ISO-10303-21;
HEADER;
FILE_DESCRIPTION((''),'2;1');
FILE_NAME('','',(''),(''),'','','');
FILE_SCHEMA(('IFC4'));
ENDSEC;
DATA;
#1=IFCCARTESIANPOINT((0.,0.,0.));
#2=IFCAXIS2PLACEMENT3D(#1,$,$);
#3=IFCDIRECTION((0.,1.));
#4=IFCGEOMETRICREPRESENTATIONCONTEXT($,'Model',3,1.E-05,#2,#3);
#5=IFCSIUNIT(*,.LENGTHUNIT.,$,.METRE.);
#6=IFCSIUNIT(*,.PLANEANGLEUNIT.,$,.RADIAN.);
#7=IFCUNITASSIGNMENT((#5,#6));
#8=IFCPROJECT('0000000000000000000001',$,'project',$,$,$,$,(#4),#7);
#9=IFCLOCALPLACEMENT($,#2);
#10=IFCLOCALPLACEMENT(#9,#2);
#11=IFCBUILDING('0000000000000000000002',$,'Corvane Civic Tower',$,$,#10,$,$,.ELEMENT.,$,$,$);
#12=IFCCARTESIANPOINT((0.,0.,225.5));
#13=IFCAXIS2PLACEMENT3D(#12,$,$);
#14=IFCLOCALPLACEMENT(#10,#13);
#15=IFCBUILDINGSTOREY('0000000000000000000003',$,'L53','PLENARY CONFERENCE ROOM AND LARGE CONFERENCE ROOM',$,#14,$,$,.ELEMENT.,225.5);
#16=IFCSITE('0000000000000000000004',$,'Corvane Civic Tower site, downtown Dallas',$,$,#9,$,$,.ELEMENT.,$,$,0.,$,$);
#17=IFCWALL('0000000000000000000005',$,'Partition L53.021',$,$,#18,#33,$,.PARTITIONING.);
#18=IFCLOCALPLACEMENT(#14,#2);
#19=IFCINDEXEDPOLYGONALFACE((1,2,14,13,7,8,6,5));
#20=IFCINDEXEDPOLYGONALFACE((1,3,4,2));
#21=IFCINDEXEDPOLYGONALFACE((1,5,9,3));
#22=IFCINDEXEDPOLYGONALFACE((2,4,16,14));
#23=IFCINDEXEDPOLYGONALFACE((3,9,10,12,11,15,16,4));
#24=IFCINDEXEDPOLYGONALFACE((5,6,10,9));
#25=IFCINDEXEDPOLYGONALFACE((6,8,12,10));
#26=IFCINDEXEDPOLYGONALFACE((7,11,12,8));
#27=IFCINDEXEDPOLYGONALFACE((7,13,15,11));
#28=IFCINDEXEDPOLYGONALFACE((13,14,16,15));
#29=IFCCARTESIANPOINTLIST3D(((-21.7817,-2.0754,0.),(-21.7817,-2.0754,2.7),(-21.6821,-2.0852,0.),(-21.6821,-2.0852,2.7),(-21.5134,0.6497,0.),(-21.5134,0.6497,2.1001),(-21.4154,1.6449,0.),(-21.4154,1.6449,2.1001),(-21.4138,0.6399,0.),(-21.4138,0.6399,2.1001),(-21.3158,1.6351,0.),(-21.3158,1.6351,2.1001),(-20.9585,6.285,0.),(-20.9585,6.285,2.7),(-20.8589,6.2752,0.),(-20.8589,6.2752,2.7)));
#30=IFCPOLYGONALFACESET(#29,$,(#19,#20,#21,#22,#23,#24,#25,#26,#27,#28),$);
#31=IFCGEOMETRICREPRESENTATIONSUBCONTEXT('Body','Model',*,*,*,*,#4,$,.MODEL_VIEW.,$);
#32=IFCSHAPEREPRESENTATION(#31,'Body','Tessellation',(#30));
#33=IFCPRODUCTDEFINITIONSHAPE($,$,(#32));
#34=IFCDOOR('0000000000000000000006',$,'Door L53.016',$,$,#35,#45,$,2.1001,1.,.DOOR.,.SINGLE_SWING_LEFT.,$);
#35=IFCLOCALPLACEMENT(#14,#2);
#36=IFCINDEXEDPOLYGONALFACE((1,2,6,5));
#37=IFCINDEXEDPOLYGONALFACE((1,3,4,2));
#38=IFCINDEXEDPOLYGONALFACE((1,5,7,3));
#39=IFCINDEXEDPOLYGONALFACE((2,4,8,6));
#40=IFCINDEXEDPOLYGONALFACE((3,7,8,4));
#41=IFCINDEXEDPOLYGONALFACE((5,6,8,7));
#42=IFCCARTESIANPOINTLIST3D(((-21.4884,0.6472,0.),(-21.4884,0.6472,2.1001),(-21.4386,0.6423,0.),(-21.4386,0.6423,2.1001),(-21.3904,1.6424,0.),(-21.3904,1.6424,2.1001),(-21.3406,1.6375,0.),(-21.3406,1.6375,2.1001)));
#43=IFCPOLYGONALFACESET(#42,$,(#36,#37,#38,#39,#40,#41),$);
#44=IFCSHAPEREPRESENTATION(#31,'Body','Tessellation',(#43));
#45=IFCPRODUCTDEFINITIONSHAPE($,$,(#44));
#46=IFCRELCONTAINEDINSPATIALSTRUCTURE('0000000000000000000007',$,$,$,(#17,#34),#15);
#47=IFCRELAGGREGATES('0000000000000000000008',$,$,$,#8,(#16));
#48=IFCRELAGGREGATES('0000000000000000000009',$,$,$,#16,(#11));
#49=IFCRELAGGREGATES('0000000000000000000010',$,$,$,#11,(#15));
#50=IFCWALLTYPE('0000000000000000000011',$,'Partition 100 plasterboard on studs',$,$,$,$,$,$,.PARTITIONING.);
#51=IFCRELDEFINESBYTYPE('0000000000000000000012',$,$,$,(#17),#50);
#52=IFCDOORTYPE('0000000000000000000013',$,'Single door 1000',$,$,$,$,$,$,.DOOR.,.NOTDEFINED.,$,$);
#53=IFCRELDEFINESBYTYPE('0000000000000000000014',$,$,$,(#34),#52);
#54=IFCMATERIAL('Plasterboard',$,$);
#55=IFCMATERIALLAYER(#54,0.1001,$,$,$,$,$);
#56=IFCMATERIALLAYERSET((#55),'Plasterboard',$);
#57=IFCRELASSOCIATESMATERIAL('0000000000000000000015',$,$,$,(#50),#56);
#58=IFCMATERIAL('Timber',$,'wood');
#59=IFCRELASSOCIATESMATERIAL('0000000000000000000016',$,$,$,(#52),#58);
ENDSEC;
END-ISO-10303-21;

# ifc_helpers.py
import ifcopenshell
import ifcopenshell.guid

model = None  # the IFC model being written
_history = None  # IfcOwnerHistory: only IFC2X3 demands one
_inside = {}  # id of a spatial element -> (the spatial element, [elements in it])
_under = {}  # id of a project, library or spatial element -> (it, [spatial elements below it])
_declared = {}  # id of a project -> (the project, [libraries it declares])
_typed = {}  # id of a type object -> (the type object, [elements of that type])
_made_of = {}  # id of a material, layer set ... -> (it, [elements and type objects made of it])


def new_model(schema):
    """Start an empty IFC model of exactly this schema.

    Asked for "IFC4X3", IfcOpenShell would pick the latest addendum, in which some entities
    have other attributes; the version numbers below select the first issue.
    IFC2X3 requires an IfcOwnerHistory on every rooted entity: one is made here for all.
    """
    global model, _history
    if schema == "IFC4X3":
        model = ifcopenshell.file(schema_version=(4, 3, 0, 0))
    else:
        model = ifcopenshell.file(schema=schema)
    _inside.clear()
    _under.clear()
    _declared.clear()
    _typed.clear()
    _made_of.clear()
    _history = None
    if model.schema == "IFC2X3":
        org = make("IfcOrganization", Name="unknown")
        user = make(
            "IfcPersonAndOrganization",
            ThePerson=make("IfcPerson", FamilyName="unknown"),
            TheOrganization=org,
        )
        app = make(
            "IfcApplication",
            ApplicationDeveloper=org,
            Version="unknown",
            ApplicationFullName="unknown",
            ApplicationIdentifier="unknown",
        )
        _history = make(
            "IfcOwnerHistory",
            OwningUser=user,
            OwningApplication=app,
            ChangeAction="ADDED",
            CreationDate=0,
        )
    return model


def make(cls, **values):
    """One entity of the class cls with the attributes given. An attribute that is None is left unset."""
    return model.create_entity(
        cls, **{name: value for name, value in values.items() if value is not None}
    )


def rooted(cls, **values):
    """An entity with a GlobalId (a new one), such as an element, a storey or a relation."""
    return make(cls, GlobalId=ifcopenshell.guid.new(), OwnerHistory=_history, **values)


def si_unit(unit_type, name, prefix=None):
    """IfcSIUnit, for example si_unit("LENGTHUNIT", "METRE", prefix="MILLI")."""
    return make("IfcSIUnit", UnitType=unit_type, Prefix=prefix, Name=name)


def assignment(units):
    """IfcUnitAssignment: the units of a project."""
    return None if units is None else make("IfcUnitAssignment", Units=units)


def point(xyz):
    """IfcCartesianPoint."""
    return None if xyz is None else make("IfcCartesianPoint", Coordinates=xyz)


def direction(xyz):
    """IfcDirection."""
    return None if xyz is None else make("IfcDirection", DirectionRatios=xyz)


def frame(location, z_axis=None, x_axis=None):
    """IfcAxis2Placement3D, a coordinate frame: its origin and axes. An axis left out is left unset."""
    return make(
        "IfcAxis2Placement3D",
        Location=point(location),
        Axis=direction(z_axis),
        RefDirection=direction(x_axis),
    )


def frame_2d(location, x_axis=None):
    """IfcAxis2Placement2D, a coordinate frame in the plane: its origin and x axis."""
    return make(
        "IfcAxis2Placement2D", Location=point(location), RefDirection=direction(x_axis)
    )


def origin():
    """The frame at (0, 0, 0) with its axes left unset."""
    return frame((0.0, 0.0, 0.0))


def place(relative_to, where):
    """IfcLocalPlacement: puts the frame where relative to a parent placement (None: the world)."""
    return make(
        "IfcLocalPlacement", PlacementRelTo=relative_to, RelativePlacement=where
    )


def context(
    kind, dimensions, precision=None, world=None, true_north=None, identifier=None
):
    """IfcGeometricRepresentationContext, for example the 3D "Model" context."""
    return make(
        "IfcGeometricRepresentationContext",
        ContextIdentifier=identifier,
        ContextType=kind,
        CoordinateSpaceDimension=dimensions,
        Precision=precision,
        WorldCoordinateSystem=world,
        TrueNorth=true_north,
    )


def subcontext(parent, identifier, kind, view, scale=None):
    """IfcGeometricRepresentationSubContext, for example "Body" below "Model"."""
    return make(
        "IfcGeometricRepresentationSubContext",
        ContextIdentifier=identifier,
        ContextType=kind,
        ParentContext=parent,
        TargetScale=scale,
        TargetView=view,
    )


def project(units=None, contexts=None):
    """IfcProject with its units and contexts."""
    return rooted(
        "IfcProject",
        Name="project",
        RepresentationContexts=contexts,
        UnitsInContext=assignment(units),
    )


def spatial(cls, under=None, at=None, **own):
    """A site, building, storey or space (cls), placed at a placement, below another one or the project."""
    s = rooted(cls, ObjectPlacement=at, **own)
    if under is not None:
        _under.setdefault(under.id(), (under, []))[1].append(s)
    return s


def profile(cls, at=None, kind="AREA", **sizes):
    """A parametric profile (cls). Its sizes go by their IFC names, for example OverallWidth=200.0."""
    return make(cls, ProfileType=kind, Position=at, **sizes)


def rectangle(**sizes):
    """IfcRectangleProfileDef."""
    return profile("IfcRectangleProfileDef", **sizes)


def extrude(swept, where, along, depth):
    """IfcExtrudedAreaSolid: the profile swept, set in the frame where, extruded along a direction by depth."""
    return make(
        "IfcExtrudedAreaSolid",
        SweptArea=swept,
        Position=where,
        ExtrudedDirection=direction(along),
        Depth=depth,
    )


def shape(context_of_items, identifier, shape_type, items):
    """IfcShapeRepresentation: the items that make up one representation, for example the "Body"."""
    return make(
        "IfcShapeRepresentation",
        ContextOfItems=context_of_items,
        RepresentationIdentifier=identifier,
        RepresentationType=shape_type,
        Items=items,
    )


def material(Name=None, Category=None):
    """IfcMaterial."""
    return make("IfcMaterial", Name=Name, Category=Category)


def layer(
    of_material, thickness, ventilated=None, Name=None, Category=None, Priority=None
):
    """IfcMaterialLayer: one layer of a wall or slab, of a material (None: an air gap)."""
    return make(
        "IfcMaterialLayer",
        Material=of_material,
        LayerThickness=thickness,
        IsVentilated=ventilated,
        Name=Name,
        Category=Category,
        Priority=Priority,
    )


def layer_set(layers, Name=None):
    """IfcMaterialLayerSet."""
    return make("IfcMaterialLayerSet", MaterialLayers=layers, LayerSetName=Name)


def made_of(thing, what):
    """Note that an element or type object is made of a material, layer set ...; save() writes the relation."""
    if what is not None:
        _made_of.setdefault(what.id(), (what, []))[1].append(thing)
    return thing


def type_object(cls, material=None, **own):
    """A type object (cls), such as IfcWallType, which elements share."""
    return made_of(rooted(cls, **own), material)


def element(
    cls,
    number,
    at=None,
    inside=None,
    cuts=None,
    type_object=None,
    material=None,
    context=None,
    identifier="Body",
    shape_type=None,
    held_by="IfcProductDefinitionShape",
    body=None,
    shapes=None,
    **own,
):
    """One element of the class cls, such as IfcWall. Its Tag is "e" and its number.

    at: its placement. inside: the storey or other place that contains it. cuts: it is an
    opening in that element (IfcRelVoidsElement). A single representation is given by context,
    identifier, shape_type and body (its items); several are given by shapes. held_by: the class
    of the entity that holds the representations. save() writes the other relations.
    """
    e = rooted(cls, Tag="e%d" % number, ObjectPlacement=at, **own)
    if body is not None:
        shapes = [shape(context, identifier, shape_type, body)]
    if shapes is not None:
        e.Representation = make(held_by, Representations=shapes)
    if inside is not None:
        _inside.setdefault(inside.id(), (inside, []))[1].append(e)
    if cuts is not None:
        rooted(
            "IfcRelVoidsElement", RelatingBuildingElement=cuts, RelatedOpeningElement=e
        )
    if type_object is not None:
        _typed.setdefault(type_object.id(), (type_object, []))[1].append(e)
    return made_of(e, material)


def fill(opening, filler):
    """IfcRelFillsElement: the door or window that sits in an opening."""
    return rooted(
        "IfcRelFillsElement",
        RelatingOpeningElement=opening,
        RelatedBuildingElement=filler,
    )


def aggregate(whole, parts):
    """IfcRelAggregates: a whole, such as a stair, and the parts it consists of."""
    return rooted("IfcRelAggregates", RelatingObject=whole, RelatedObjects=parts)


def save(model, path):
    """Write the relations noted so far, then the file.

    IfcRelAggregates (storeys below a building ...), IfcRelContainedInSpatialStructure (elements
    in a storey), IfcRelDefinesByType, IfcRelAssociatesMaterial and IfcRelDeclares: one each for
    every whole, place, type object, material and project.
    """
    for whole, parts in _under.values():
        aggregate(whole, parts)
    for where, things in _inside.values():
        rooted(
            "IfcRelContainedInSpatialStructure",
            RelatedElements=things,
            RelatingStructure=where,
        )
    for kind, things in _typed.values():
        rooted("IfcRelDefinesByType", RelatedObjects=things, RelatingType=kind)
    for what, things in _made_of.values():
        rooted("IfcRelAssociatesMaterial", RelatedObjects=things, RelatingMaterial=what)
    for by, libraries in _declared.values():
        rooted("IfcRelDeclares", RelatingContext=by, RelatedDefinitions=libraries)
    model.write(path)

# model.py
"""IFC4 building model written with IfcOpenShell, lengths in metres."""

from ifc_helpers import new_model, si_unit, direction, frame, frame_2d, origin, place, context, subcontext, project, spatial, rectangle, extrude, material, layer, layer_set, type_object, element, fill, save


model = new_model("IFC4")

# Units and contexts
model_context = context("Model", 3, precision=1e-05, world=origin(), true_north=direction((0.0, 1.0)))
body_context = subcontext(model_context, "Body", "Model", "MODEL_VIEW")
ifc_project = project(units=[si_unit("LENGTHUNIT", "METRE"), si_unit("PLANEANGLEUNIT", "RADIAN")], contexts=[model_context])

# Site, building, storey
site_placement = place(None, origin())
site = spatial("IfcSite", under=ifc_project, at=site_placement, Name="Corvane Civic Tower site, downtown Dallas", CompositionType="ELEMENT", RefElevation=0.0)
building_placement = place(site_placement, origin())
building = spatial("IfcBuilding", under=site, at=building_placement, Name="Corvane Civic Tower", CompositionType="ELEMENT")
storey_placement = place(building_placement, frame((0.0, 0.0, 225.5)))
storey = spatial("IfcBuildingStorey", under=building, at=storey_placement, Name="L53", Description="PLENARY CONFERENCE ROOM AND LARGE CONFERENCE ROOM", CompositionType="ELEMENT", Elevation=225.5)

# Shared definitions
ifc_material_1 = material(Name="Plasterboard")
ifc_layer_1 = layer(ifc_material_1, 0.1001)
ifc_layer_set_1 = layer_set([ifc_layer_1], Name="Plasterboard")
wall_type = type_object("IfcWallType", Name="Partition 100 plasterboard on studs", PredefinedType="PARTITIONING", material=ifc_layer_set_1)
ifc_material_2 = material(Name="Timber", Category="wood")
door_type = type_object("IfcDoorType", Name="Single door 1000", OperationType="NOTDEFINED", PredefinedType="DOOR", material=ifc_material_2)

# Wall, opening, door
wall_1_placement = place(storey_placement, frame((-21.7319, -2.0803, 0.0), z_axis=(0.0, 0.0, 1.0), x_axis=(0.097996, 0.995187, 0.0)))
wall_1 = element("IfcWall", 1, at=wall_1_placement, inside=storey, type_object=wall_type, Name="Partition L53.021", PredefinedType="PARTITIONING", context=body_context, shape_type="SweptSolid", body=[
    extrude(rectangle(XDim=8.4009, YDim=0.1001, at=frame_2d((4.2004, 0.0))), origin(), (0.0, 0.0, 1.0), 2.7),
])
opening_1_placement = place(wall_1_placement, frame((2.7383, 0.0, 0.0)))
opening_1 = element("IfcOpeningElement", 2, at=opening_1_placement, cuts=wall_1, PredefinedType="OPENING", context=body_context, shape_type="SweptSolid", body=[
    extrude(rectangle(XDim=1.0, YDim=2.1001, at=frame_2d((0.5, 1.05))), frame((0.0, 0.0601, 0.0), z_axis=(0.0, -1.0, 0.0), x_axis=(1.0, 0.0, 0.0)), (0.0, 0.0, 1.0), 0.1201),
])
door_1_placement = place(opening_1_placement, origin())
door_1 = element("IfcDoor", 3, at=door_1_placement, inside=storey, type_object=door_type, Name="Door L53.016", OperationType="SINGLE_SWING_LEFT", OverallHeight=2.1001, OverallWidth=1.0, PredefinedType="DOOR", context=body_context, shape_type="SweptSolid", body=[
    extrude(rectangle(XDim=1.0, YDim=2.1001, at=frame_2d((0.5, 1.05))), frame((0.0, 0.0249, 0.0), z_axis=(0.0, -1.0, 0.0), x_axis=(1.0, 0.0, 0.0)), (0.0, 0.0, 1.0), 0.05),
])
fill(opening_1, door_1)

save(model, "model.ifc")
